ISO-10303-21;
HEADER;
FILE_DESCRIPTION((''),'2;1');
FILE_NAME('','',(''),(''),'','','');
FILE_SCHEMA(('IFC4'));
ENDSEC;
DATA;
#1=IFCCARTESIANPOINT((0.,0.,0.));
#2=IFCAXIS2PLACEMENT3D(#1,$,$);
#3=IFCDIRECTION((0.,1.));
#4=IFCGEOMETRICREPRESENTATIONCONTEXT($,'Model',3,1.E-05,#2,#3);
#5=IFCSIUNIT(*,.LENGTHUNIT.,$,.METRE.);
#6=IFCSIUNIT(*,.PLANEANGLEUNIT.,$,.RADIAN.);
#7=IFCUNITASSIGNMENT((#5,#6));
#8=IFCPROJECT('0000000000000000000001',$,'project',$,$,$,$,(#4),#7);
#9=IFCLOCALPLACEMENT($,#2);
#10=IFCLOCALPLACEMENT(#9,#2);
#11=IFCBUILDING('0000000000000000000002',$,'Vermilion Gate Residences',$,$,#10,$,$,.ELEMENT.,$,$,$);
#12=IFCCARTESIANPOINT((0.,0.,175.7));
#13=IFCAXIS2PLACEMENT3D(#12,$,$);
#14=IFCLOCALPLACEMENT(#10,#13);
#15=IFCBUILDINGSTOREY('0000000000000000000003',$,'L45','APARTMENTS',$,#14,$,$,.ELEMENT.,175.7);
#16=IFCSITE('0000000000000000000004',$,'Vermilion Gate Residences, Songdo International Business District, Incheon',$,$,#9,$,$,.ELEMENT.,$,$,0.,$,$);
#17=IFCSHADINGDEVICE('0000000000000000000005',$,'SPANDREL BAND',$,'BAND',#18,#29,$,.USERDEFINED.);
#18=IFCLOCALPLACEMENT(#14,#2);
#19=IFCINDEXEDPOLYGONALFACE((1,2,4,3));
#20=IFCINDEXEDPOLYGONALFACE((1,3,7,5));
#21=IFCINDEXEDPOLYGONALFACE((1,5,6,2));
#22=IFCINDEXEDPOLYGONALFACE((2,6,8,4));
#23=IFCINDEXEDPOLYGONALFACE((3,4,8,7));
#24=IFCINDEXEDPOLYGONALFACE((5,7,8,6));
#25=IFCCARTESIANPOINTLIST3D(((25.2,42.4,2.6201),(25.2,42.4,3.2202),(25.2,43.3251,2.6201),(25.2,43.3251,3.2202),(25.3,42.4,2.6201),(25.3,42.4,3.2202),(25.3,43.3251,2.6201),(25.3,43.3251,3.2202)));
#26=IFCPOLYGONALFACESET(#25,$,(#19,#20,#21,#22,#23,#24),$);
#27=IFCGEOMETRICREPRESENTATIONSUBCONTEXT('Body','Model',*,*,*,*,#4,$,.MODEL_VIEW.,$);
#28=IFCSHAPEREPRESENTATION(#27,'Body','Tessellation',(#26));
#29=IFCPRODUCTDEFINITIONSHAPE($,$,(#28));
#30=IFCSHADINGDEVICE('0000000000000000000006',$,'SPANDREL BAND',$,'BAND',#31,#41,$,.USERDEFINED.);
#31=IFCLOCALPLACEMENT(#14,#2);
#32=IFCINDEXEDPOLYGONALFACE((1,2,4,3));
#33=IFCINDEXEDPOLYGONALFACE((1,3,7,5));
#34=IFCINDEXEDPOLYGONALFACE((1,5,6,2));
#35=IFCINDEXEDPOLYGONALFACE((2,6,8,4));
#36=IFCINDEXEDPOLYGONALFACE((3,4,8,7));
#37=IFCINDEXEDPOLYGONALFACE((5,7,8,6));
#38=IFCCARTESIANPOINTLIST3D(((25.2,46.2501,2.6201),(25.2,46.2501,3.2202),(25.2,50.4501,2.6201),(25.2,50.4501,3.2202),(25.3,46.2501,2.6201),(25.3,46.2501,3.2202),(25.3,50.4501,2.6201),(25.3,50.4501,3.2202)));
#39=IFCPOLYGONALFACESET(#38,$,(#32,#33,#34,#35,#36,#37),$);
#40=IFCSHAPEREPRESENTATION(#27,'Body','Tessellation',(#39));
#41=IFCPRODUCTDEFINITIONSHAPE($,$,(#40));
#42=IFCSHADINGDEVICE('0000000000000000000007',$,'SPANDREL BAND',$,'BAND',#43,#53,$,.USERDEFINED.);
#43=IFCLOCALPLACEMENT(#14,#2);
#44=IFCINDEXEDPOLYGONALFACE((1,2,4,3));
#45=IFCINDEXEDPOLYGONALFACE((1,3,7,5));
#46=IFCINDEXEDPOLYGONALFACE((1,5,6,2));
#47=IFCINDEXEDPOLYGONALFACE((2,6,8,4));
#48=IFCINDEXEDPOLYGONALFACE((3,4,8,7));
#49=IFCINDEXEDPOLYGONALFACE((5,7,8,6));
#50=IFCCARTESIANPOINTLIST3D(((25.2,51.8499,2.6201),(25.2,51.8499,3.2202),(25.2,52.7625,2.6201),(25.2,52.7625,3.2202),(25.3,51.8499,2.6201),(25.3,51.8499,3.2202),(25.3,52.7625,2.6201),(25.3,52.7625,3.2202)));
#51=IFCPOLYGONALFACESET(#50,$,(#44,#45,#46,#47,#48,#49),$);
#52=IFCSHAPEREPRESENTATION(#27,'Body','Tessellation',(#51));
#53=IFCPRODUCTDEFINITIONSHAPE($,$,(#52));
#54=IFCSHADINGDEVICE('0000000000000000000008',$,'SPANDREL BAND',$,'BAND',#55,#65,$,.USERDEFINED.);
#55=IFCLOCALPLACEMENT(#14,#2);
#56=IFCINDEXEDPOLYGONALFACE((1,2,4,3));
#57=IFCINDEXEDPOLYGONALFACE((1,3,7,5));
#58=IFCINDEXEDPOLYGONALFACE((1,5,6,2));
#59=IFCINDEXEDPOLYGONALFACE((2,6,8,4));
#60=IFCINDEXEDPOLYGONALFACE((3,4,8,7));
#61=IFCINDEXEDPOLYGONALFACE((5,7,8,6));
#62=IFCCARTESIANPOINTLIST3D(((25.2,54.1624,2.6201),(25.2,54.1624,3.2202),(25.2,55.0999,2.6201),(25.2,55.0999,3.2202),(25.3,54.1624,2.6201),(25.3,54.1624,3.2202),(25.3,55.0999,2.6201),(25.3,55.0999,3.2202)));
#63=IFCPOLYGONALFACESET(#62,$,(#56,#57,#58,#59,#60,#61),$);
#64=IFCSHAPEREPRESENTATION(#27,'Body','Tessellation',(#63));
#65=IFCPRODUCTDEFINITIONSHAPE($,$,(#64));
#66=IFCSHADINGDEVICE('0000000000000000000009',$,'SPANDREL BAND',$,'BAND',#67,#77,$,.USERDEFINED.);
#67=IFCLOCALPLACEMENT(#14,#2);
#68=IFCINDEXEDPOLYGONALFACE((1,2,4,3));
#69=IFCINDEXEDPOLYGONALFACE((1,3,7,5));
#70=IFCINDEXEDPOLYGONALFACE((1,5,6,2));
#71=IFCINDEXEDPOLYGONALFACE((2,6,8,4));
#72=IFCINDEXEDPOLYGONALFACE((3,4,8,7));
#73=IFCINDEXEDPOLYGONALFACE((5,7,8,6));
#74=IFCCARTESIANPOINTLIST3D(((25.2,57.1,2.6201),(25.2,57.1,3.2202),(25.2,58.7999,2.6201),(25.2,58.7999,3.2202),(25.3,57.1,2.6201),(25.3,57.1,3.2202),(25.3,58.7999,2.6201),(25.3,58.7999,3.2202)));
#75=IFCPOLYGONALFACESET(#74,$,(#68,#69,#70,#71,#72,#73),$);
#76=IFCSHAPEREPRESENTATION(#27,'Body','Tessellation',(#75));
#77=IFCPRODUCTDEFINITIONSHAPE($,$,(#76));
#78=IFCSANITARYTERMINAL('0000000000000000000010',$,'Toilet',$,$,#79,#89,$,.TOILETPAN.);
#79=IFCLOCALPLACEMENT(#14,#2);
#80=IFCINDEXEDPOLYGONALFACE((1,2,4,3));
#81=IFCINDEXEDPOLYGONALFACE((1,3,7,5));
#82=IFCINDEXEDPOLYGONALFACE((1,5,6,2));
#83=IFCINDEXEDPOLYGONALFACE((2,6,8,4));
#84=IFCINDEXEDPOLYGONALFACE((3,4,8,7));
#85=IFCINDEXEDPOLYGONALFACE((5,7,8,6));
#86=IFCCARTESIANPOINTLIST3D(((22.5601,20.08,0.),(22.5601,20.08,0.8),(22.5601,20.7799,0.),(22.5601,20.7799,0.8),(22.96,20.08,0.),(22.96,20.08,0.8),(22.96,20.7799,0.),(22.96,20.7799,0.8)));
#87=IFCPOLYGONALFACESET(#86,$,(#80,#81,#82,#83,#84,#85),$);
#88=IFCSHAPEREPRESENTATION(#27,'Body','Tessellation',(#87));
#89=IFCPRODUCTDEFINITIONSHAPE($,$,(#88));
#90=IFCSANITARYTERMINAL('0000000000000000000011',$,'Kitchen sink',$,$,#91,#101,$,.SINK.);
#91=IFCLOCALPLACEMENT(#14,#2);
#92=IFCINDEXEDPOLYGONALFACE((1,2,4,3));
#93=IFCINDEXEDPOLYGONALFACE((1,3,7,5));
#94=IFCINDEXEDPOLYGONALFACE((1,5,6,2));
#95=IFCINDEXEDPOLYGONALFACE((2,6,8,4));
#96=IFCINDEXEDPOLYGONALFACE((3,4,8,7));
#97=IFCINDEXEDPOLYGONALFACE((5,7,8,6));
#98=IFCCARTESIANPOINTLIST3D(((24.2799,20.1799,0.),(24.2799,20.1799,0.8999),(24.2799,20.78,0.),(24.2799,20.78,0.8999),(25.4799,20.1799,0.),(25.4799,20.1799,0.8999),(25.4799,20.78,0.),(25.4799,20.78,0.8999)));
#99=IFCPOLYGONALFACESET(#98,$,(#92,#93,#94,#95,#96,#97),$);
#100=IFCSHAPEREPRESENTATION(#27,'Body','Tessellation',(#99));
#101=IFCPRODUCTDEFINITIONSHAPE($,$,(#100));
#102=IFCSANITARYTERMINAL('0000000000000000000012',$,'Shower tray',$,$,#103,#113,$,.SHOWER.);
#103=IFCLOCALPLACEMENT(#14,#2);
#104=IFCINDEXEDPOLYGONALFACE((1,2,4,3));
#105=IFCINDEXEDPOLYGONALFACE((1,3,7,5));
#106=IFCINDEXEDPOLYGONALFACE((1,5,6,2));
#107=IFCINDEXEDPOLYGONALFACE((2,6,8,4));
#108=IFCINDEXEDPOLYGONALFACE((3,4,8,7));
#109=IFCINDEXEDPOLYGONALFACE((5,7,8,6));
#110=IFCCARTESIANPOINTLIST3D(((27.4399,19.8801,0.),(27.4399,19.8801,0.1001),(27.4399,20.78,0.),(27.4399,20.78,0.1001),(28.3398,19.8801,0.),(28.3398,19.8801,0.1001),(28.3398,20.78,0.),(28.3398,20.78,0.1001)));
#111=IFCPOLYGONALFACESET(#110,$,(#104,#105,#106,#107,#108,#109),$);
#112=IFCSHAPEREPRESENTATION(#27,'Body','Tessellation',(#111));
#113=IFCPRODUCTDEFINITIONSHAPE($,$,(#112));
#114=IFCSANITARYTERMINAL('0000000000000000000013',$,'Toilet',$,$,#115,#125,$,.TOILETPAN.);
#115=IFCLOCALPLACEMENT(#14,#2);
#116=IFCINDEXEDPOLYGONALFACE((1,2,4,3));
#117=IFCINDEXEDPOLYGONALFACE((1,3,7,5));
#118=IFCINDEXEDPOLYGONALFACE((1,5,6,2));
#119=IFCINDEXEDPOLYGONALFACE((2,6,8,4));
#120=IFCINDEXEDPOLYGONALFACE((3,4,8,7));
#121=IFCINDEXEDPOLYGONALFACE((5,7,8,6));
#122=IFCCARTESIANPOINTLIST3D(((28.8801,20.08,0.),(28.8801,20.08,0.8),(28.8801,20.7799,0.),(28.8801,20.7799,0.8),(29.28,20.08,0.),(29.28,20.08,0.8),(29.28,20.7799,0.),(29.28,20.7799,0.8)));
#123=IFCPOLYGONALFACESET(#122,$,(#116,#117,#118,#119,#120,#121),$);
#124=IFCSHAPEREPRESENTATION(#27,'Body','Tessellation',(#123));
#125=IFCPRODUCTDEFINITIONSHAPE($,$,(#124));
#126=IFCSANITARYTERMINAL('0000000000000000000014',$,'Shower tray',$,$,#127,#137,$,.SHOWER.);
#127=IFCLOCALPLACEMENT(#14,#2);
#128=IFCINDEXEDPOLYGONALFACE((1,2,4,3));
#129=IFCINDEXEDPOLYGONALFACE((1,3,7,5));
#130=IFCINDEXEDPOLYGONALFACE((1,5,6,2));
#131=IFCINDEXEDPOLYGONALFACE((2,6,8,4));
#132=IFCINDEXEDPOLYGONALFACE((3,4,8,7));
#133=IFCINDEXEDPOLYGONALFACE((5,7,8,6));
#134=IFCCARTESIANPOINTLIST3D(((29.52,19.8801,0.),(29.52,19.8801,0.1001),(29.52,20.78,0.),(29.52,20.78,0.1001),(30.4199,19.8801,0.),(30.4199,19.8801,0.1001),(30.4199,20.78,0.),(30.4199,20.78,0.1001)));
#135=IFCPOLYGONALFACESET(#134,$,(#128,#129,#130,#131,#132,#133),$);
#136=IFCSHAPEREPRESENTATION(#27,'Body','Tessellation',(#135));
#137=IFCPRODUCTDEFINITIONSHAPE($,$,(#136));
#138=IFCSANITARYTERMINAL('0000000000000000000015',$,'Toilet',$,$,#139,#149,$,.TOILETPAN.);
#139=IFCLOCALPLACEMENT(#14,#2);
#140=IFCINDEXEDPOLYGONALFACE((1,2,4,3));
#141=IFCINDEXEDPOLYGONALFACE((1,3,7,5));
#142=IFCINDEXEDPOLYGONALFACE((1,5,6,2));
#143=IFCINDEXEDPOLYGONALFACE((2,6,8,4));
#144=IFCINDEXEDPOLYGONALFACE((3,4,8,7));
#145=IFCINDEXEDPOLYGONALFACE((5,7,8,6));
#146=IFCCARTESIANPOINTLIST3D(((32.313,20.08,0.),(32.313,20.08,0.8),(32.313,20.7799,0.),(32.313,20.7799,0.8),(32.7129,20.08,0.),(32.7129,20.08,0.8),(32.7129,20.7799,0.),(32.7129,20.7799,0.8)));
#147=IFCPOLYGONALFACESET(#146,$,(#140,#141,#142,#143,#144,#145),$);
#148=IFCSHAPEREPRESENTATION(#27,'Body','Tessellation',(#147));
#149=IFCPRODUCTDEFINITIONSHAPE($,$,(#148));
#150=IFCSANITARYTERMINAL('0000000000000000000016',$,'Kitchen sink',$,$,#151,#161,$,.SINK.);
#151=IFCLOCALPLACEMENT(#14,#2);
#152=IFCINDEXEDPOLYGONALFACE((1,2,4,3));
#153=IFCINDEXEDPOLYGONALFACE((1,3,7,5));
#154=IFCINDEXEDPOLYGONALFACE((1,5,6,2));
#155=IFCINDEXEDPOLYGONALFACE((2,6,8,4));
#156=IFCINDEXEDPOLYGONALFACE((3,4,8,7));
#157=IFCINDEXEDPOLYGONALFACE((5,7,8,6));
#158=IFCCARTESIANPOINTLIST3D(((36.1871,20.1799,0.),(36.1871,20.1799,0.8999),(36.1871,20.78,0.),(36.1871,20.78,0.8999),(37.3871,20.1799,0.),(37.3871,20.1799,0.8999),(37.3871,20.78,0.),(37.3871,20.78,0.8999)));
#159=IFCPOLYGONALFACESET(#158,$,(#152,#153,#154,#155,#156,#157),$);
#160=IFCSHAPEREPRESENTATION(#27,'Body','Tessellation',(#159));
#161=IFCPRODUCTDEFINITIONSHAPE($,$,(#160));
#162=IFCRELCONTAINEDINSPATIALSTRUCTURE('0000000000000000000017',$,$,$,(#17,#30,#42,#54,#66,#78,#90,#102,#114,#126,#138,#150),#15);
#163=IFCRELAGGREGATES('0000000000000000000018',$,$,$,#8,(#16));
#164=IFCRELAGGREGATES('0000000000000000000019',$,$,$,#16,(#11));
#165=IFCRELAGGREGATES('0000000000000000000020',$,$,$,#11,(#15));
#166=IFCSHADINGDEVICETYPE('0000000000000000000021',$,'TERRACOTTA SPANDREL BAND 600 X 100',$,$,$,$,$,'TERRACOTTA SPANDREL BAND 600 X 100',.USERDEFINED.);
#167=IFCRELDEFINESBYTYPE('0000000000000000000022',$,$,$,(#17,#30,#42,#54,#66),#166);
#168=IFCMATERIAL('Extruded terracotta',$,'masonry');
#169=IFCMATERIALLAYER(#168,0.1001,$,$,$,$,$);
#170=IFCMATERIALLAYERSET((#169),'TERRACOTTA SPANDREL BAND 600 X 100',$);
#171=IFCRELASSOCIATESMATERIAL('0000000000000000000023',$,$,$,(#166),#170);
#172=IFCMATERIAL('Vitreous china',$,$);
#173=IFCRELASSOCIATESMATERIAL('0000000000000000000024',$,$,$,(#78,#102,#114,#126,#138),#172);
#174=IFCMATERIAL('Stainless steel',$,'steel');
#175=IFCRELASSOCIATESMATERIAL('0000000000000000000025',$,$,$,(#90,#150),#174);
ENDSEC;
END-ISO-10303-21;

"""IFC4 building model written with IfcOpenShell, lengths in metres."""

from ifc_helpers import new_model, si_unit, direction, frame, origin, origin_2d, place, context, subcontext, project, spatial, rectangle, extrude, material, layer, layer_set, type_object, element, save


model = new_model("IFC4")

# Units and contexts
model_context = context("Model", 3, precision=1e-05, world=origin(), true_north=direction((0.0, 1.0)))
body_context = subcontext(model_context, "Body", "Model", "MODEL_VIEW")
ifc_project = project(units=[si_unit("LENGTHUNIT", "METRE"), si_unit("PLANEANGLEUNIT", "RADIAN")], contexts=[model_context])

# Site, building, storey
site_placement = place(None, origin())
site = spatial("IfcSite", under=ifc_project, at=site_placement, Name="Vermilion Gate Residences, Songdo International Business District, Incheon", CompositionType="ELEMENT", RefElevation=0.0)
building_placement = place(site_placement, origin())
building = spatial("IfcBuilding", under=site, at=building_placement, Name="Vermilion Gate Residences", CompositionType="ELEMENT")
storey_placement = place(building_placement, frame((0.0, 0.0, 175.7)))
storey = spatial("IfcBuildingStorey", under=building, at=storey_placement, Name="L45", Description="APARTMENTS", CompositionType="ELEMENT", Elevation=175.7)

# Shading devices
ifc_material_1 = material(Name="Extruded terracotta", Category="masonry")
ifc_layer_1 = layer(ifc_material_1, 0.1001)
ifc_layer_set_1 = layer_set([ifc_layer_1], Name="TERRACOTTA SPANDREL BAND 600 X 100")
shading_device_type_1 = type_object("IfcShadingDeviceType", Name="TERRACOTTA SPANDREL BAND 600 X 100", ElementType="TERRACOTTA SPANDREL BAND 600 X 100", PredefinedType="USERDEFINED", material=ifc_layer_set_1)
shading_device_1_placement = place(storey_placement, frame((25.25, 42.8625, 2.6201), z_axis=(0.0, 0.0, 1.0), x_axis=(0.0, 1.0, 0.0)))
element("IfcShadingDevice", 1, at=shading_device_1_placement, inside=storey, type_object=shading_device_type_1, Name="SPANDREL BAND", ObjectType="BAND", PredefinedType="USERDEFINED", context=body_context, shape_type="SweptSolid", body=[
    extrude(rectangle(XDim=0.925, YDim=0.1001, at=origin_2d()), origin(), (0.0, 0.0, 1.0), 0.6001),
])
shading_device_2_placement = place(storey_placement, frame((25.25, 48.3501, 2.6201), z_axis=(0.0, 0.0, 1.0), x_axis=(0.0, 1.0, 0.0)))
element("IfcShadingDevice", 2, at=shading_device_2_placement, inside=storey, type_object=shading_device_type_1, Name="SPANDREL BAND", ObjectType="BAND", PredefinedType="USERDEFINED", context=body_context, shape_type="SweptSolid", body=[
    extrude(rectangle(XDim=4.2, YDim=0.1001, at=origin_2d()), origin(), (0.0, 0.0, 1.0), 0.6001),
])
shading_device_3_placement = place(storey_placement, frame((25.25, 52.3062, 2.6201), z_axis=(0.0, 0.0, 1.0), x_axis=(0.0, 1.0, 0.0)))
element("IfcShadingDevice", 3, at=shading_device_3_placement, inside=storey, type_object=shading_device_type_1, Name="SPANDREL BAND", ObjectType="BAND", PredefinedType="USERDEFINED", context=body_context, shape_type="SweptSolid", body=[
    extrude(rectangle(XDim=0.9126, YDim=0.1001, at=origin_2d()), origin(), (0.0, 0.0, 1.0), 0.6001),
])
shading_device_4_placement = place(storey_placement, frame((25.25, 54.6311, 2.6201), z_axis=(0.0, 0.0, 1.0), x_axis=(0.0, 1.0, 0.0)))
element("IfcShadingDevice", 4, at=shading_device_4_placement, inside=storey, type_object=shading_device_type_1, Name="SPANDREL BAND", ObjectType="BAND", PredefinedType="USERDEFINED", context=body_context, shape_type="SweptSolid", body=[
    extrude(rectangle(XDim=0.9375, YDim=0.1001, at=origin_2d()), origin(), (0.0, 0.0, 1.0), 0.6001),
])
shading_device_5_placement = place(storey_placement, frame((25.25, 57.95, 2.6201), z_axis=(0.0, 0.0, 1.0), x_axis=(0.0, 1.0, 0.0)))
element("IfcShadingDevice", 5, at=shading_device_5_placement, inside=storey, type_object=shading_device_type_1, Name="SPANDREL BAND", ObjectType="BAND", PredefinedType="USERDEFINED", context=body_context, shape_type="SweptSolid", body=[
    extrude(rectangle(XDim=1.7, YDim=0.1001, at=origin_2d()), origin(), (0.0, 0.0, 1.0), 0.6001),
])

# Sanitary terminals
ifc_material_2 = material(Name="Vitreous china")
sanitary_terminal_1_placement = place(storey_placement, frame((22.76, 20.4299, 0.0), z_axis=(0.0, 0.0, 1.0), x_axis=(1.0, 0.0, 0.0)))
element("IfcSanitaryTerminal", 6, at=sanitary_terminal_1_placement, inside=storey, material=ifc_material_2, Name="Toilet", PredefinedType="TOILETPAN", context=body_context, shape_type="SweptSolid", body=[
    extrude(rectangle(XDim=0.3999, YDim=0.7, at=origin_2d()), origin(), (0.0, 0.0, 1.0), 0.8),
])
ifc_material_3 = material(Name="Stainless steel", Category="steel")
sanitary_terminal_2_placement = place(storey_placement, frame((24.8799, 20.48, 0.0), z_axis=(0.0, 0.0, 1.0), x_axis=(1.0, 0.0, 0.0)))
element("IfcSanitaryTerminal", 7, at=sanitary_terminal_2_placement, inside=storey, material=ifc_material_3, Name="Kitchen sink", PredefinedType="SINK", context=body_context, shape_type="SweptSolid", body=[
    extrude(rectangle(XDim=1.2, YDim=0.6001, at=origin_2d()), origin(), (0.0, 0.0, 1.0), 0.8999),
])
sanitary_terminal_3_placement = place(storey_placement, frame((27.8899, 20.3301, 0.0), z_axis=(0.0, 0.0, 1.0), x_axis=(1.0, 0.0, 0.0)))
element("IfcSanitaryTerminal", 8, at=sanitary_terminal_3_placement, inside=storey, material=ifc_material_2, Name="Shower tray", PredefinedType="SHOWER", context=body_context, shape_type="SweptSolid", body=[
    extrude(rectangle(XDim=0.8999, YDim=0.8999, at=origin_2d()), origin(), (0.0, 0.0, 1.0), 0.1001),
])
sanitary_terminal_4_placement = place(storey_placement, frame((29.0801, 20.4299, 0.0), z_axis=(0.0, 0.0, 1.0), x_axis=(1.0, 0.0, 0.0)))
element("IfcSanitaryTerminal", 9, at=sanitary_terminal_4_placement, inside=storey, material=ifc_material_2, Name="Toilet", PredefinedType="TOILETPAN", context=body_context, shape_type="SweptSolid", body=[
    extrude(rectangle(XDim=0.3999, YDim=0.7, at=origin_2d()), origin(), (0.0, 0.0, 1.0), 0.8),
])
sanitary_terminal_5_placement = place(storey_placement, frame((29.97, 20.3301, 0.0), z_axis=(0.0, 0.0, 1.0), x_axis=(1.0, 0.0, 0.0)))
element("IfcSanitaryTerminal", 10, at=sanitary_terminal_5_placement, inside=storey, material=ifc_material_2, Name="Shower tray", PredefinedType="SHOWER", context=body_context, shape_type="SweptSolid", body=[
    extrude(rectangle(XDim=0.8999, YDim=0.8999, at=origin_2d()), origin(), (0.0, 0.0, 1.0), 0.1001),
])
sanitary_terminal_6_placement = place(storey_placement, frame((32.5129, 20.4299, 0.0), z_axis=(0.0, 0.0, 1.0), x_axis=(1.0, 0.0, 0.0)))
element("IfcSanitaryTerminal", 11, at=sanitary_terminal_6_placement, inside=storey, material=ifc_material_2, Name="Toilet", PredefinedType="TOILETPAN", context=body_context, shape_type="SweptSolid", body=[
    extrude(rectangle(XDim=0.3999, YDim=0.7, at=origin_2d()), origin(), (0.0, 0.0, 1.0), 0.8),
])
sanitary_terminal_7_placement = place(storey_placement, frame((36.7871, 20.48, 0.0), z_axis=(0.0, 0.0, 1.0), x_axis=(1.0, 0.0, 0.0)))
element("IfcSanitaryTerminal", 12, at=sanitary_terminal_7_placement, inside=storey, material=ifc_material_3, Name="Kitchen sink", PredefinedType="SINK", context=body_context, shape_type="SweptSolid", body=[
    extrude(rectangle(XDim=1.2, YDim=0.6001, at=origin_2d()), origin(), (0.0, 0.0, 1.0), 0.8999),
])

save(model, "model.ifc")
